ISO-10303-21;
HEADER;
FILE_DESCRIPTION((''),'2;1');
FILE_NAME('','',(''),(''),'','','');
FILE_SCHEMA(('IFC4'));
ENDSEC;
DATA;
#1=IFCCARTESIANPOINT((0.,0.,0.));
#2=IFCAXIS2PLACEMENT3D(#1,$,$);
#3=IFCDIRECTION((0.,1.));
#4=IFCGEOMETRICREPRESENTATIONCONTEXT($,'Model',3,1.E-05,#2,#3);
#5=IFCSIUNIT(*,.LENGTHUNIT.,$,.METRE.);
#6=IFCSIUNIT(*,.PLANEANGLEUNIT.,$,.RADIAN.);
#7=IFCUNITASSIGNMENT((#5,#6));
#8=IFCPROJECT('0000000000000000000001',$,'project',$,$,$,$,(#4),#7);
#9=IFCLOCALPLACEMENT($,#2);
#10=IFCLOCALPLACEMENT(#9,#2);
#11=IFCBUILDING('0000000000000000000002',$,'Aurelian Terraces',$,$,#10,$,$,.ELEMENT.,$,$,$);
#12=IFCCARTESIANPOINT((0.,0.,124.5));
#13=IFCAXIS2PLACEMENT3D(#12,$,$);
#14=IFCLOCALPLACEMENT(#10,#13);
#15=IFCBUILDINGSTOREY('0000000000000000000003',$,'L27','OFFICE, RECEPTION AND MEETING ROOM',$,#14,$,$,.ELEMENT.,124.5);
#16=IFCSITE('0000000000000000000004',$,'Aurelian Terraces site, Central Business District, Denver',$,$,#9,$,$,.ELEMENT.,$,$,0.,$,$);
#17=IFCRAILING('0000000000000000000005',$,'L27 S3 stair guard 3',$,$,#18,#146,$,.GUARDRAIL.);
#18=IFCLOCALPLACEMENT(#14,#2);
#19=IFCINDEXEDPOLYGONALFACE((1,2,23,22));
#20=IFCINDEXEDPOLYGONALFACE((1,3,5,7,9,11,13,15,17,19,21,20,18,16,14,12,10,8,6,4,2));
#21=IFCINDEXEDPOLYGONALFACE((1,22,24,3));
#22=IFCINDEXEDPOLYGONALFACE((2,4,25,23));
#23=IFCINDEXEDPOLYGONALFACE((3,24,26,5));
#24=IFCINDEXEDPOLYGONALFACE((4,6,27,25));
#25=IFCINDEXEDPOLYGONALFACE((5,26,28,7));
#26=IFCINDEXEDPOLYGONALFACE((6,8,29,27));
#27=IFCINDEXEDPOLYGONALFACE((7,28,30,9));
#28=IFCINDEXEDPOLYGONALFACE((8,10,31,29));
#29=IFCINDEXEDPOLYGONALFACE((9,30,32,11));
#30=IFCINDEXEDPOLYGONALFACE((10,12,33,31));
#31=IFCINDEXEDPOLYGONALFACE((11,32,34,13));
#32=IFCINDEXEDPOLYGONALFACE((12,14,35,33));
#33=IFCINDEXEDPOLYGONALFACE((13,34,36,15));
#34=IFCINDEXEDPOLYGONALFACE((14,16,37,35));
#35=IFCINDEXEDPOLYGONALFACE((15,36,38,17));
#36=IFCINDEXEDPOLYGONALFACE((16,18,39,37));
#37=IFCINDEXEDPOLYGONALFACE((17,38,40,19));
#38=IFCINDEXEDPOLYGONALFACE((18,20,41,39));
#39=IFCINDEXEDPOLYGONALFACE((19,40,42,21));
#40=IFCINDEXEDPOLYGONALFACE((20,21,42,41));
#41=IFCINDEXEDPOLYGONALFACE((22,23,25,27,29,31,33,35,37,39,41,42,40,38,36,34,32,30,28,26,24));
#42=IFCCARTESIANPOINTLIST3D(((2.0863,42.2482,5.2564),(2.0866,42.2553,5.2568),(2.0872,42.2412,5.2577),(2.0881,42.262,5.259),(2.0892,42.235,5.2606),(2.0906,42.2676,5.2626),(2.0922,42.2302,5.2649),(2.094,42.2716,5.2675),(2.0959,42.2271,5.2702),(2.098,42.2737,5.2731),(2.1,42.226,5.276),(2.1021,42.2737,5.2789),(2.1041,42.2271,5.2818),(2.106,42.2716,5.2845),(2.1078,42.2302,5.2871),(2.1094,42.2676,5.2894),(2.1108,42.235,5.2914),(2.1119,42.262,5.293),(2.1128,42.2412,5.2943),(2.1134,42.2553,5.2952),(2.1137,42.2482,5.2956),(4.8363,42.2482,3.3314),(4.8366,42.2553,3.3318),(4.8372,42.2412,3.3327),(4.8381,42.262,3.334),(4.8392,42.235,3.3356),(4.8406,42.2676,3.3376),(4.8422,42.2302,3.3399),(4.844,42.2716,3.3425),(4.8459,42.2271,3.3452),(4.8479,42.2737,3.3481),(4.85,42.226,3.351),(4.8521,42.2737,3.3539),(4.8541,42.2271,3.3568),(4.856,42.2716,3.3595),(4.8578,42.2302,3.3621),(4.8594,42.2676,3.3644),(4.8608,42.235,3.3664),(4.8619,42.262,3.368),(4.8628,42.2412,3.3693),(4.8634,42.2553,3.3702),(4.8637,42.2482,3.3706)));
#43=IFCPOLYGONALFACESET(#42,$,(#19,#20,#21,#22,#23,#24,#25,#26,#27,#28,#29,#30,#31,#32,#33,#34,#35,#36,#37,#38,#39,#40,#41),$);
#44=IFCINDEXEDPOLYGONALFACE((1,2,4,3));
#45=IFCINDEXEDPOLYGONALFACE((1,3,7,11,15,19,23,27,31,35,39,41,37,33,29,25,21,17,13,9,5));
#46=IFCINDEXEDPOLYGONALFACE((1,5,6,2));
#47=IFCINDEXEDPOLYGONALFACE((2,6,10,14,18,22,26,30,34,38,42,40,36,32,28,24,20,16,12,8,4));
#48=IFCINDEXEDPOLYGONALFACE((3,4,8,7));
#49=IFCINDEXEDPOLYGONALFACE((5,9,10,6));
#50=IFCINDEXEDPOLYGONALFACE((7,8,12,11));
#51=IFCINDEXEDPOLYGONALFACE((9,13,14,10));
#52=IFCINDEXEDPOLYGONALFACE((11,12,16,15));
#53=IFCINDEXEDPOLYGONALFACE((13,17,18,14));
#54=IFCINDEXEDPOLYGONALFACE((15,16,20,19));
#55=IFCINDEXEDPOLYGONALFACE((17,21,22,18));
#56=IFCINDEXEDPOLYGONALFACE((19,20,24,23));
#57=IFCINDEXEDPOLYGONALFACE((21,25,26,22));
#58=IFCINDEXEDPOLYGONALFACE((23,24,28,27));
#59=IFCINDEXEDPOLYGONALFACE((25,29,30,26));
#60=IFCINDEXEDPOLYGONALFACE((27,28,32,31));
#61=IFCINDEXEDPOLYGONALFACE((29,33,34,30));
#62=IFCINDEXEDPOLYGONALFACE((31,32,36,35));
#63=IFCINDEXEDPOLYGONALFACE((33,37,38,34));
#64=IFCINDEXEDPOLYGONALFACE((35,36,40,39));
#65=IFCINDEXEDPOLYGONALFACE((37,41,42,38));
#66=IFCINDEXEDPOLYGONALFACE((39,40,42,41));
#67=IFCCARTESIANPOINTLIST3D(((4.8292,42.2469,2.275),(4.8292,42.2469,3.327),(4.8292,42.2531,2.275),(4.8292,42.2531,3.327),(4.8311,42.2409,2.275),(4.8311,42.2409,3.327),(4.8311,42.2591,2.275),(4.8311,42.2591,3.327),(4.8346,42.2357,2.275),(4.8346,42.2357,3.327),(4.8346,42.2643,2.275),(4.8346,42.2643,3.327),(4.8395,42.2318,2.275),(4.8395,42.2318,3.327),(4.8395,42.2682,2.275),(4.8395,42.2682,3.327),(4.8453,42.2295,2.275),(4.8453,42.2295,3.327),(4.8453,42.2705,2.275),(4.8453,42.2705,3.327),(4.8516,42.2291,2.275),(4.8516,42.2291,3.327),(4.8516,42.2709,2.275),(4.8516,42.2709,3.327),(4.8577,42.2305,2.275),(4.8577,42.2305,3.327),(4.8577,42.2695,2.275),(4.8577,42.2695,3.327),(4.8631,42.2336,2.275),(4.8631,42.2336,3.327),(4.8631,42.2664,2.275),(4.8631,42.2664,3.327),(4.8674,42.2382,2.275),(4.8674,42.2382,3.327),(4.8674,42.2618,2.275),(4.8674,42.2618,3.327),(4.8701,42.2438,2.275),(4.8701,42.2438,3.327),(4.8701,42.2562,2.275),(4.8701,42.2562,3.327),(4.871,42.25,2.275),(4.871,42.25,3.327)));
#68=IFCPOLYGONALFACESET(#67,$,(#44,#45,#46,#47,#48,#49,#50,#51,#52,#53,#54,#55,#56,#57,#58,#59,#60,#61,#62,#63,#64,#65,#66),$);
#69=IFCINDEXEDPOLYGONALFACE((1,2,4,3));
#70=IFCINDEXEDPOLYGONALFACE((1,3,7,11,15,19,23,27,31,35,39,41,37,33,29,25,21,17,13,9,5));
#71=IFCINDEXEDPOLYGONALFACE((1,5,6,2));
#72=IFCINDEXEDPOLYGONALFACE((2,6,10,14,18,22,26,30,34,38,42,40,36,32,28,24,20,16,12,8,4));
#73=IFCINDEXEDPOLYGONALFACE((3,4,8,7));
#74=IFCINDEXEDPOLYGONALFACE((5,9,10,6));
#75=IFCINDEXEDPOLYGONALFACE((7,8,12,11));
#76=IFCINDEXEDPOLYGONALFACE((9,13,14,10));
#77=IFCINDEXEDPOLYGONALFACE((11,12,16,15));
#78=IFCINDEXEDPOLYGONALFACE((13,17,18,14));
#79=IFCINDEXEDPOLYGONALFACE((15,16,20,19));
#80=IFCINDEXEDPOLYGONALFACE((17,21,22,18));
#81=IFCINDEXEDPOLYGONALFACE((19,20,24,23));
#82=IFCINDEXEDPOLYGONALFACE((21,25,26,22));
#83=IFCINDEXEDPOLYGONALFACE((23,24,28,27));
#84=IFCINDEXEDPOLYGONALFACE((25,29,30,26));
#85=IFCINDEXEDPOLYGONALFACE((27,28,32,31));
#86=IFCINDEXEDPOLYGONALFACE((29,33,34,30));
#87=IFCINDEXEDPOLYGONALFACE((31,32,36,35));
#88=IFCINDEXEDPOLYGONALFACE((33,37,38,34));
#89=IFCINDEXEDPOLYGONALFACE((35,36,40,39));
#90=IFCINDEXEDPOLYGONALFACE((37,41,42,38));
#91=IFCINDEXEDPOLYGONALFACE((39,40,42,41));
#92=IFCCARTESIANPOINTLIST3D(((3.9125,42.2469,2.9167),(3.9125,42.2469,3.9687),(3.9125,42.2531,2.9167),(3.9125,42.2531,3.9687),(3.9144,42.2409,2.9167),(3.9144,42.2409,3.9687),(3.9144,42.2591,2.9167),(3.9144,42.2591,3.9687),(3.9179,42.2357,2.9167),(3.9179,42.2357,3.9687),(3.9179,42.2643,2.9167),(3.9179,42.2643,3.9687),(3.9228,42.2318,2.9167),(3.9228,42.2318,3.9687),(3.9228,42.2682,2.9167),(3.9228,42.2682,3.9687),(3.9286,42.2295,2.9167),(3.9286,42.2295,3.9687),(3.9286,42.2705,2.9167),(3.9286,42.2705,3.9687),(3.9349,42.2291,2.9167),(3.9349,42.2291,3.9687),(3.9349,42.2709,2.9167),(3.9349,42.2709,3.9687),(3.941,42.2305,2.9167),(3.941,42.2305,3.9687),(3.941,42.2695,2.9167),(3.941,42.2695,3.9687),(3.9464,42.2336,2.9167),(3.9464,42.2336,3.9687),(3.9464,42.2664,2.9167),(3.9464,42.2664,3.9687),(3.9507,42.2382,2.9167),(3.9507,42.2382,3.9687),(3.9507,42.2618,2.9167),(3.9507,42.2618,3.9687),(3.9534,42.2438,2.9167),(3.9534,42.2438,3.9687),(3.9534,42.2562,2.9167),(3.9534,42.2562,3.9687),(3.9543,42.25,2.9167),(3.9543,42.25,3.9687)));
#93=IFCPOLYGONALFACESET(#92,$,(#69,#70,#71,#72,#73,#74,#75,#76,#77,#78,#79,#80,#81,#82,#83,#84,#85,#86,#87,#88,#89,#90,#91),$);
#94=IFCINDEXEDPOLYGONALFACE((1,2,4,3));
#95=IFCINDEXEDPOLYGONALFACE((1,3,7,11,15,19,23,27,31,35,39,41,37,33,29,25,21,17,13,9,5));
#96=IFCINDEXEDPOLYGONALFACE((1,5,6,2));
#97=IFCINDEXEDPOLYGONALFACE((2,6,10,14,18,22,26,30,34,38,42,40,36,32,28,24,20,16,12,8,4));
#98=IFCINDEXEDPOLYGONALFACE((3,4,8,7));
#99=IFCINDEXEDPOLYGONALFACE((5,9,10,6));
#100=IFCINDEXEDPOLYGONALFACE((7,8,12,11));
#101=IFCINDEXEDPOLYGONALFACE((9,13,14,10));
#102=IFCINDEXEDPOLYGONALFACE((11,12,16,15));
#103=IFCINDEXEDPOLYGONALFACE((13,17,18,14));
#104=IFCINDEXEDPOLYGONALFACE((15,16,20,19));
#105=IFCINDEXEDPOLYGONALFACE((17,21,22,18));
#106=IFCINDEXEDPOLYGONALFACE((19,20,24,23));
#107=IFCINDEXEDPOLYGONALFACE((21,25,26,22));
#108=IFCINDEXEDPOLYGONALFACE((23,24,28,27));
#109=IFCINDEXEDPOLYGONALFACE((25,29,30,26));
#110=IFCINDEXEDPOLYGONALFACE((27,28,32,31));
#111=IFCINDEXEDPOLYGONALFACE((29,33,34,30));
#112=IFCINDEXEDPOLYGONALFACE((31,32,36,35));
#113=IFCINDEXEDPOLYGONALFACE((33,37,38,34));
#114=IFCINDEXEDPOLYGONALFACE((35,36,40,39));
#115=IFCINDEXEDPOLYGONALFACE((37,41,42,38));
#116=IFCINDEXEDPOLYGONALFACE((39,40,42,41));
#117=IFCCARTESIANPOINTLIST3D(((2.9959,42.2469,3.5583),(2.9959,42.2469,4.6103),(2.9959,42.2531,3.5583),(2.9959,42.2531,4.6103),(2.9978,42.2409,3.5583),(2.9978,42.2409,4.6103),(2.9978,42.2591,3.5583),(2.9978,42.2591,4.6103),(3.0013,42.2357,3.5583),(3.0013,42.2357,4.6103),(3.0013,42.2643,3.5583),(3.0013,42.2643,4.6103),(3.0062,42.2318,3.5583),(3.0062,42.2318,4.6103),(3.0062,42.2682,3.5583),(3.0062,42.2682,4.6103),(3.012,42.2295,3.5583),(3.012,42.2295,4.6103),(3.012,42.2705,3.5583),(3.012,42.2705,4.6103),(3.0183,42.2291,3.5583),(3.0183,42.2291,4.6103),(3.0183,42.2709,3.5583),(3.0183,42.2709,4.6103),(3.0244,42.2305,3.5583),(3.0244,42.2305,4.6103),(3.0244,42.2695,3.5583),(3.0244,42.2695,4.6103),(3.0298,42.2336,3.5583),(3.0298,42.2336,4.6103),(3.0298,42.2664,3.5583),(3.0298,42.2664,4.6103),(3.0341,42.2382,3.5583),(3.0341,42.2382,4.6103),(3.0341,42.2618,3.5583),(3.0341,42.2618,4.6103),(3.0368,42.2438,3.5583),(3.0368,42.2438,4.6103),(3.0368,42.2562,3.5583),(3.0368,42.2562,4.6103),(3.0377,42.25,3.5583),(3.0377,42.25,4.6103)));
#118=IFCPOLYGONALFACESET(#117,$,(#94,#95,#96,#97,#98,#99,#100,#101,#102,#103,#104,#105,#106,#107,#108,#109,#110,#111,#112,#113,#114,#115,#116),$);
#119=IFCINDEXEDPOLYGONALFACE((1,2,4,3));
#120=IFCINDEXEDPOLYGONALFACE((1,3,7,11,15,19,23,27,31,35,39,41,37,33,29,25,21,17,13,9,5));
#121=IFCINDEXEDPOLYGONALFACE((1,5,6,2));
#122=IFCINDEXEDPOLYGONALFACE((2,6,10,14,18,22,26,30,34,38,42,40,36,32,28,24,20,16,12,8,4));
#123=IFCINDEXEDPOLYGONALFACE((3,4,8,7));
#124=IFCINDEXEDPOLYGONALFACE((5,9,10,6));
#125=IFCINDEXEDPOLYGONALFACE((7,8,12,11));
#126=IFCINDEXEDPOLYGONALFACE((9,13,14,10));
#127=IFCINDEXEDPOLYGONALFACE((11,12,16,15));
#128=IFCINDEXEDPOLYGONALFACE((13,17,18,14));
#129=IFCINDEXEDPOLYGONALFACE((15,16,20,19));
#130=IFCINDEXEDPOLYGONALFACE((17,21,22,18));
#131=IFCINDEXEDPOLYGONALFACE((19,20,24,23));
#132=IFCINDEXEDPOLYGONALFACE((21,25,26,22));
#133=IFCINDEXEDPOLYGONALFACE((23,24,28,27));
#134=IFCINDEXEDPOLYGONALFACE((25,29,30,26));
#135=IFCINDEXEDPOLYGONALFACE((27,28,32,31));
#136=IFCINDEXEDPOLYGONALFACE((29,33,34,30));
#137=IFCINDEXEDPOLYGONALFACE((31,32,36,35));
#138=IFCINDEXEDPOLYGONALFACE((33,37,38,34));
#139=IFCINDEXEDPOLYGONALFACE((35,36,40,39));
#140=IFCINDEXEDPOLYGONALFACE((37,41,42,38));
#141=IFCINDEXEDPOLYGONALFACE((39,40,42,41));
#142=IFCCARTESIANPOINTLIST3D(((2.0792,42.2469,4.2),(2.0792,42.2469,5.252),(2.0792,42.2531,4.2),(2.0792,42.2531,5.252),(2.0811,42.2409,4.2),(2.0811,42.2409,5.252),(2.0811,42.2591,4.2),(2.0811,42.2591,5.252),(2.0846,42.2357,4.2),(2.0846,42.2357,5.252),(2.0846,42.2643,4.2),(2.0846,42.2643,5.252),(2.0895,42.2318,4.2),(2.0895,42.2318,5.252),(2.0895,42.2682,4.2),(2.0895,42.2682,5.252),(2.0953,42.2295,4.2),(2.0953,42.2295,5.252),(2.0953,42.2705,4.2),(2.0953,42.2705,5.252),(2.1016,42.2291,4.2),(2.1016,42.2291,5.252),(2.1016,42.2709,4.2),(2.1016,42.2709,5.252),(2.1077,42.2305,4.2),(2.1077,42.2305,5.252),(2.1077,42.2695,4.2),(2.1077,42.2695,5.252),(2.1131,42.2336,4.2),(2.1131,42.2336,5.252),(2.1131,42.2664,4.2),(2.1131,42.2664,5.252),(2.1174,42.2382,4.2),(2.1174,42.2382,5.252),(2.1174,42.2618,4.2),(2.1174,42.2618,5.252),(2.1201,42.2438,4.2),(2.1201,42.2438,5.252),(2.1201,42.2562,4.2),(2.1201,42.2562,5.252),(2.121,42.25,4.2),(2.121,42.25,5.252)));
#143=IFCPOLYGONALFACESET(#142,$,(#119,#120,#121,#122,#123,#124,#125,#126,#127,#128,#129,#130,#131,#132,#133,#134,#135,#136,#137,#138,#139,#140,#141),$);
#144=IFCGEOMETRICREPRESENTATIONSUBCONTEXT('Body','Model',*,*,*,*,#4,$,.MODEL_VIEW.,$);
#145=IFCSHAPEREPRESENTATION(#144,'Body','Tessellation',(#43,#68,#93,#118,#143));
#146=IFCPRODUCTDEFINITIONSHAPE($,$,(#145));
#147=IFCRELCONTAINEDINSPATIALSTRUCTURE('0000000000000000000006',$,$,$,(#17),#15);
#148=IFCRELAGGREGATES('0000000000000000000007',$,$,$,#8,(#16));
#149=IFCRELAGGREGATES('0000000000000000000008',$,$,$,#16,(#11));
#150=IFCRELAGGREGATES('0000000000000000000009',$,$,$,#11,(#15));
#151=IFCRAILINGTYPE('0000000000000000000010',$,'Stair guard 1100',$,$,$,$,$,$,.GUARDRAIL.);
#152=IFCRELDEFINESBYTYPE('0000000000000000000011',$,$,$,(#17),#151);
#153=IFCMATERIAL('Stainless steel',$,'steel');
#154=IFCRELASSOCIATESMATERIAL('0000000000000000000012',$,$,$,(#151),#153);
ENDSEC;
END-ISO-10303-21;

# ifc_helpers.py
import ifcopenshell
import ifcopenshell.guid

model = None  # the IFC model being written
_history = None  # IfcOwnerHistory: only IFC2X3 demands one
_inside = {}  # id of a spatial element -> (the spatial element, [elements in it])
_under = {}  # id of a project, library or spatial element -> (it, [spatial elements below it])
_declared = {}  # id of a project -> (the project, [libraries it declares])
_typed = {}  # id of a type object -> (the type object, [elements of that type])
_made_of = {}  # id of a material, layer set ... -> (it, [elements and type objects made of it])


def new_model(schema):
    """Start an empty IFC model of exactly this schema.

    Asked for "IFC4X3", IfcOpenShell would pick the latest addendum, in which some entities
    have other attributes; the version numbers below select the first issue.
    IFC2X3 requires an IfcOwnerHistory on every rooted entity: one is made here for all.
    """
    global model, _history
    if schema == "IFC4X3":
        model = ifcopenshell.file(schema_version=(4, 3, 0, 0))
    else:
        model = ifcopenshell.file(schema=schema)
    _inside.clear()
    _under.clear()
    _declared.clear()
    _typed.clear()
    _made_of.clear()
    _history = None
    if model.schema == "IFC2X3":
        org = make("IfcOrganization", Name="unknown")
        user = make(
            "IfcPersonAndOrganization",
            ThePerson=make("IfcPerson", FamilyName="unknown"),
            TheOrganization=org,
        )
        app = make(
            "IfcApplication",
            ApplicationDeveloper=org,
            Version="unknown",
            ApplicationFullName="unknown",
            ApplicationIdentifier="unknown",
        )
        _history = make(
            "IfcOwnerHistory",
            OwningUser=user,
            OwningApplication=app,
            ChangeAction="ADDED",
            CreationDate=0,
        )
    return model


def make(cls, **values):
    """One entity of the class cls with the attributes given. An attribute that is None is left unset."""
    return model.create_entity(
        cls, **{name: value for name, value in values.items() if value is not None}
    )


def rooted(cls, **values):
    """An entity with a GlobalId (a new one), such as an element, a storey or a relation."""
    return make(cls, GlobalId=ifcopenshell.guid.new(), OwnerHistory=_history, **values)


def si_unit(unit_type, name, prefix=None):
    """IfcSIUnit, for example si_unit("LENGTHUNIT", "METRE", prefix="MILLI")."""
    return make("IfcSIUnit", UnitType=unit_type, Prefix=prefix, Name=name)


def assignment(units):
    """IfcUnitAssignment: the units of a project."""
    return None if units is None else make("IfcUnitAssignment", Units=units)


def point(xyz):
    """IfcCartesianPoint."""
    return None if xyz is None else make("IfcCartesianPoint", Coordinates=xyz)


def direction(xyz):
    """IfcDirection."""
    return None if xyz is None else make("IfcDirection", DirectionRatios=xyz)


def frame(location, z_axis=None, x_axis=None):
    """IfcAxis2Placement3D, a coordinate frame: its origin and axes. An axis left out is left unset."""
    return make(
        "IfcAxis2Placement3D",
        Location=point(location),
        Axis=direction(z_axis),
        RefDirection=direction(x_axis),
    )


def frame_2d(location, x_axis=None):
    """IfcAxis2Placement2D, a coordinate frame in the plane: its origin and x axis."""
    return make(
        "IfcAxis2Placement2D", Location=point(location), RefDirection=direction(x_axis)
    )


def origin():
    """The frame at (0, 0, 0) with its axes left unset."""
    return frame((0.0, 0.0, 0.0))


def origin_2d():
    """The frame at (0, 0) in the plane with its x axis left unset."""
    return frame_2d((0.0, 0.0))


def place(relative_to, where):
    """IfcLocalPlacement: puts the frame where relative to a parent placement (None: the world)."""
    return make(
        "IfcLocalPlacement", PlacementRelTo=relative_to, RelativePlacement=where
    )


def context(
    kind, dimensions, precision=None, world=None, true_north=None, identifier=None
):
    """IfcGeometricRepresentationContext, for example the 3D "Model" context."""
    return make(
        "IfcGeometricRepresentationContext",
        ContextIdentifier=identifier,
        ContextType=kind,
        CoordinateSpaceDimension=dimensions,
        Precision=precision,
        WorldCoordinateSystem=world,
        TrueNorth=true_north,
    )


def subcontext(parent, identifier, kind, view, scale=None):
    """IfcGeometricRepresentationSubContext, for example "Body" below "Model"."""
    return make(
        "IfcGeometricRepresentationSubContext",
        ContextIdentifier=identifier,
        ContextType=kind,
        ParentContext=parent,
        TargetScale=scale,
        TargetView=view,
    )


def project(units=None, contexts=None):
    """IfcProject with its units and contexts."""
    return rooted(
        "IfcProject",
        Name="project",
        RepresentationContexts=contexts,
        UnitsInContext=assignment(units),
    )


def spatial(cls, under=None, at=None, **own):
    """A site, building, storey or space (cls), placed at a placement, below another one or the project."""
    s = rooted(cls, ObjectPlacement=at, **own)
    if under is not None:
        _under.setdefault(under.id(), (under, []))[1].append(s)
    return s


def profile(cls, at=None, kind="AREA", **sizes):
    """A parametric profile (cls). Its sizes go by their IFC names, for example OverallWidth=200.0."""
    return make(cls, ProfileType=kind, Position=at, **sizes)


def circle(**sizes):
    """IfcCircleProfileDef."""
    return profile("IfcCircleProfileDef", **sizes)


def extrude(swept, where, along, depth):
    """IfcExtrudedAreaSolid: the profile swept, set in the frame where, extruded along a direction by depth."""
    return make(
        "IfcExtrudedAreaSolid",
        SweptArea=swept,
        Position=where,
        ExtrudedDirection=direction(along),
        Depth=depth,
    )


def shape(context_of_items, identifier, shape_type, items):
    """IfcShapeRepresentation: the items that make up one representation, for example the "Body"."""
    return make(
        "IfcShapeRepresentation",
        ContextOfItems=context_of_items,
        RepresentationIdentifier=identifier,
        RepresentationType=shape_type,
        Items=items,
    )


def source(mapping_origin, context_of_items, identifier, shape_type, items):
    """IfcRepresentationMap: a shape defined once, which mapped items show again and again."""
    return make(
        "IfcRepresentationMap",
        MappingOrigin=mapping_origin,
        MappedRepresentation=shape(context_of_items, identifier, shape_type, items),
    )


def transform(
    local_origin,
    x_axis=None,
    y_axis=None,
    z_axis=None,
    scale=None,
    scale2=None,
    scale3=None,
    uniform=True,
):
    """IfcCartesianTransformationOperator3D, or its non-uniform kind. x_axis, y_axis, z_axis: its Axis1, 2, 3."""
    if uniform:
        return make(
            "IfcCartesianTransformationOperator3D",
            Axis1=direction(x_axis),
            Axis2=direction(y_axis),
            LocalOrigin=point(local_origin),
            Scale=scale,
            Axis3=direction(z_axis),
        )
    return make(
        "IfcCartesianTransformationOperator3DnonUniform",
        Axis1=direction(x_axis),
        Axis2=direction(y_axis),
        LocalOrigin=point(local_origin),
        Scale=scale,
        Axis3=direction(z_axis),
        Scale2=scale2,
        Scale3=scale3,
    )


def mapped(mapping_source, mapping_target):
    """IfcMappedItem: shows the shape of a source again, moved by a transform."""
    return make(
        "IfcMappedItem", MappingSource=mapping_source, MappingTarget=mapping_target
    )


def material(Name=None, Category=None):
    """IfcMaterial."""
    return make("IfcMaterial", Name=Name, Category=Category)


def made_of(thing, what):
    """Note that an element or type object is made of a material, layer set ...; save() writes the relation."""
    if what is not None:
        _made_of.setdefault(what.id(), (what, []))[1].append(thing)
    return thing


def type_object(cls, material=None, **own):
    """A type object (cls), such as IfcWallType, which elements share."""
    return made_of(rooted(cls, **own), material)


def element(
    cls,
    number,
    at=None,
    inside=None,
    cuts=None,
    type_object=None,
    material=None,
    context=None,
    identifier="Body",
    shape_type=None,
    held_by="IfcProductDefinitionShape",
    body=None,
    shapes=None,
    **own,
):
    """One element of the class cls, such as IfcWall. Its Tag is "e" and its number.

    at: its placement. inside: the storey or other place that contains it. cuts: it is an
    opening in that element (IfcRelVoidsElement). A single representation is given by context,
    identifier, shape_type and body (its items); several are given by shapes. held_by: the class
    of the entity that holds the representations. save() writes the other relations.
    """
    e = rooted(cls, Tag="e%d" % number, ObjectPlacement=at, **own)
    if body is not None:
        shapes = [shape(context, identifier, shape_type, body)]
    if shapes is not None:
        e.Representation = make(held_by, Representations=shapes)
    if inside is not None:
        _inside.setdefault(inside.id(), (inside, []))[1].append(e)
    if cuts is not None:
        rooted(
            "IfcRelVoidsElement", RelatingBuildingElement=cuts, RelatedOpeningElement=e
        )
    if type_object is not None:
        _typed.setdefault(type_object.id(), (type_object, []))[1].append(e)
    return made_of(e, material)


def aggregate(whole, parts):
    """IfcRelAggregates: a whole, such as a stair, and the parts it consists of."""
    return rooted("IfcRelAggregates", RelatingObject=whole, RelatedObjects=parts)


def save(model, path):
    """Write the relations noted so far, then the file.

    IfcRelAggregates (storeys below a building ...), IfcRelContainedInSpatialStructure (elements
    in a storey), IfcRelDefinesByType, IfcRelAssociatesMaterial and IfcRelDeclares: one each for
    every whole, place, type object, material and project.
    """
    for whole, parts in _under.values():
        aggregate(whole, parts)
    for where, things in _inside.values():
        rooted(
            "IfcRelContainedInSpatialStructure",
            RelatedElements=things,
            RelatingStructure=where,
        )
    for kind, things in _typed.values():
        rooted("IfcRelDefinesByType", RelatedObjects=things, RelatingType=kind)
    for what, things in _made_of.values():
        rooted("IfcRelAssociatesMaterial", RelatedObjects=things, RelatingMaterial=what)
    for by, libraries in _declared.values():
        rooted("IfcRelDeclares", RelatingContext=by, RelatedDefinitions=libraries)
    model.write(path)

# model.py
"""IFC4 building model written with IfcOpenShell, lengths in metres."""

from ifc_helpers import new_model, si_unit, direction, frame, origin, origin_2d, place, context, subcontext, project, spatial, circle, extrude, source, transform, mapped, material, type_object, element, save


model = new_model("IFC4")

# Units and contexts
model_context = context("Model", 3, precision=1e-05, world=origin(), true_north=direction((0.0, 1.0)))
body_context = subcontext(model_context, "Body", "Model", "MODEL_VIEW")
ifc_project = project(units=[si_unit("LENGTHUNIT", "METRE"), si_unit("PLANEANGLEUNIT", "RADIAN")], contexts=[model_context])

# Site, building, storey
site_placement = place(None, origin())
site = spatial("IfcSite", under=ifc_project, at=site_placement, Name="Aurelian Terraces site, Central Business District, Denver", CompositionType="ELEMENT", RefElevation=0.0)
building_placement = place(site_placement, origin())
building = spatial("IfcBuilding", under=site, at=building_placement, Name="Aurelian Terraces", CompositionType="ELEMENT")
storey_placement = place(building_placement, frame((0.0, 0.0, 124.5)))
storey = spatial("IfcBuildingStorey", under=building, at=storey_placement, Name="L27", Description="OFFICE, RECEPTION AND MEETING ROOM", CompositionType="ELEMENT", Elevation=124.5)

# Railing
ifc_material_1 = material(Name="Stainless steel", Category="steel")
railing_type_1 = type_object("IfcRailingType", Name="Stair guard 1100", PredefinedType="GUARDRAIL", material=ifc_material_1)
shared_shape_1 = source(origin(), body_context, "Body", "SweptSolid", [
    extrude(circle(Radius=0.024, at=origin_2d()), frame((0.0, 0.0, 1.076), z_axis=(-0.819232, 0.0, 0.573462), x_axis=(0.0, -1.0, 0.0)), (0.0, 0.0, 1.0), 3.3568),
    extrude(circle(Radius=0.021, at=origin_2d()), origin(), (0.0, 0.0, 1.0), 1.052),
    extrude(circle(Radius=0.021, at=origin_2d()), frame((-0.9167, 0.0, 0.6417)), (0.0, 0.0, 1.0), 1.052),
    extrude(circle(Radius=0.021, at=origin_2d()), frame((-1.8333, 0.0, 1.2833)), (0.0, 0.0, 1.0), 1.052),
    extrude(circle(Radius=0.021, at=origin_2d()), frame((-2.75, 0.0, 1.925)), (0.0, 0.0, 1.0), 1.052),
])
railing_1_placement = place(storey_placement, frame((4.85, 42.25, 2.275)))
element("IfcRailing", 1, at=railing_1_placement, inside=storey, type_object=railing_type_1, Name="L27 S3 stair guard 3", PredefinedType="GUARDRAIL", context=body_context, shape_type="MappedRepresentation", body=[
    mapped(shared_shape_1, transform((0.0, 0.0, 0.0), scale=1.0)),
])

save(model, "model.ifc")
